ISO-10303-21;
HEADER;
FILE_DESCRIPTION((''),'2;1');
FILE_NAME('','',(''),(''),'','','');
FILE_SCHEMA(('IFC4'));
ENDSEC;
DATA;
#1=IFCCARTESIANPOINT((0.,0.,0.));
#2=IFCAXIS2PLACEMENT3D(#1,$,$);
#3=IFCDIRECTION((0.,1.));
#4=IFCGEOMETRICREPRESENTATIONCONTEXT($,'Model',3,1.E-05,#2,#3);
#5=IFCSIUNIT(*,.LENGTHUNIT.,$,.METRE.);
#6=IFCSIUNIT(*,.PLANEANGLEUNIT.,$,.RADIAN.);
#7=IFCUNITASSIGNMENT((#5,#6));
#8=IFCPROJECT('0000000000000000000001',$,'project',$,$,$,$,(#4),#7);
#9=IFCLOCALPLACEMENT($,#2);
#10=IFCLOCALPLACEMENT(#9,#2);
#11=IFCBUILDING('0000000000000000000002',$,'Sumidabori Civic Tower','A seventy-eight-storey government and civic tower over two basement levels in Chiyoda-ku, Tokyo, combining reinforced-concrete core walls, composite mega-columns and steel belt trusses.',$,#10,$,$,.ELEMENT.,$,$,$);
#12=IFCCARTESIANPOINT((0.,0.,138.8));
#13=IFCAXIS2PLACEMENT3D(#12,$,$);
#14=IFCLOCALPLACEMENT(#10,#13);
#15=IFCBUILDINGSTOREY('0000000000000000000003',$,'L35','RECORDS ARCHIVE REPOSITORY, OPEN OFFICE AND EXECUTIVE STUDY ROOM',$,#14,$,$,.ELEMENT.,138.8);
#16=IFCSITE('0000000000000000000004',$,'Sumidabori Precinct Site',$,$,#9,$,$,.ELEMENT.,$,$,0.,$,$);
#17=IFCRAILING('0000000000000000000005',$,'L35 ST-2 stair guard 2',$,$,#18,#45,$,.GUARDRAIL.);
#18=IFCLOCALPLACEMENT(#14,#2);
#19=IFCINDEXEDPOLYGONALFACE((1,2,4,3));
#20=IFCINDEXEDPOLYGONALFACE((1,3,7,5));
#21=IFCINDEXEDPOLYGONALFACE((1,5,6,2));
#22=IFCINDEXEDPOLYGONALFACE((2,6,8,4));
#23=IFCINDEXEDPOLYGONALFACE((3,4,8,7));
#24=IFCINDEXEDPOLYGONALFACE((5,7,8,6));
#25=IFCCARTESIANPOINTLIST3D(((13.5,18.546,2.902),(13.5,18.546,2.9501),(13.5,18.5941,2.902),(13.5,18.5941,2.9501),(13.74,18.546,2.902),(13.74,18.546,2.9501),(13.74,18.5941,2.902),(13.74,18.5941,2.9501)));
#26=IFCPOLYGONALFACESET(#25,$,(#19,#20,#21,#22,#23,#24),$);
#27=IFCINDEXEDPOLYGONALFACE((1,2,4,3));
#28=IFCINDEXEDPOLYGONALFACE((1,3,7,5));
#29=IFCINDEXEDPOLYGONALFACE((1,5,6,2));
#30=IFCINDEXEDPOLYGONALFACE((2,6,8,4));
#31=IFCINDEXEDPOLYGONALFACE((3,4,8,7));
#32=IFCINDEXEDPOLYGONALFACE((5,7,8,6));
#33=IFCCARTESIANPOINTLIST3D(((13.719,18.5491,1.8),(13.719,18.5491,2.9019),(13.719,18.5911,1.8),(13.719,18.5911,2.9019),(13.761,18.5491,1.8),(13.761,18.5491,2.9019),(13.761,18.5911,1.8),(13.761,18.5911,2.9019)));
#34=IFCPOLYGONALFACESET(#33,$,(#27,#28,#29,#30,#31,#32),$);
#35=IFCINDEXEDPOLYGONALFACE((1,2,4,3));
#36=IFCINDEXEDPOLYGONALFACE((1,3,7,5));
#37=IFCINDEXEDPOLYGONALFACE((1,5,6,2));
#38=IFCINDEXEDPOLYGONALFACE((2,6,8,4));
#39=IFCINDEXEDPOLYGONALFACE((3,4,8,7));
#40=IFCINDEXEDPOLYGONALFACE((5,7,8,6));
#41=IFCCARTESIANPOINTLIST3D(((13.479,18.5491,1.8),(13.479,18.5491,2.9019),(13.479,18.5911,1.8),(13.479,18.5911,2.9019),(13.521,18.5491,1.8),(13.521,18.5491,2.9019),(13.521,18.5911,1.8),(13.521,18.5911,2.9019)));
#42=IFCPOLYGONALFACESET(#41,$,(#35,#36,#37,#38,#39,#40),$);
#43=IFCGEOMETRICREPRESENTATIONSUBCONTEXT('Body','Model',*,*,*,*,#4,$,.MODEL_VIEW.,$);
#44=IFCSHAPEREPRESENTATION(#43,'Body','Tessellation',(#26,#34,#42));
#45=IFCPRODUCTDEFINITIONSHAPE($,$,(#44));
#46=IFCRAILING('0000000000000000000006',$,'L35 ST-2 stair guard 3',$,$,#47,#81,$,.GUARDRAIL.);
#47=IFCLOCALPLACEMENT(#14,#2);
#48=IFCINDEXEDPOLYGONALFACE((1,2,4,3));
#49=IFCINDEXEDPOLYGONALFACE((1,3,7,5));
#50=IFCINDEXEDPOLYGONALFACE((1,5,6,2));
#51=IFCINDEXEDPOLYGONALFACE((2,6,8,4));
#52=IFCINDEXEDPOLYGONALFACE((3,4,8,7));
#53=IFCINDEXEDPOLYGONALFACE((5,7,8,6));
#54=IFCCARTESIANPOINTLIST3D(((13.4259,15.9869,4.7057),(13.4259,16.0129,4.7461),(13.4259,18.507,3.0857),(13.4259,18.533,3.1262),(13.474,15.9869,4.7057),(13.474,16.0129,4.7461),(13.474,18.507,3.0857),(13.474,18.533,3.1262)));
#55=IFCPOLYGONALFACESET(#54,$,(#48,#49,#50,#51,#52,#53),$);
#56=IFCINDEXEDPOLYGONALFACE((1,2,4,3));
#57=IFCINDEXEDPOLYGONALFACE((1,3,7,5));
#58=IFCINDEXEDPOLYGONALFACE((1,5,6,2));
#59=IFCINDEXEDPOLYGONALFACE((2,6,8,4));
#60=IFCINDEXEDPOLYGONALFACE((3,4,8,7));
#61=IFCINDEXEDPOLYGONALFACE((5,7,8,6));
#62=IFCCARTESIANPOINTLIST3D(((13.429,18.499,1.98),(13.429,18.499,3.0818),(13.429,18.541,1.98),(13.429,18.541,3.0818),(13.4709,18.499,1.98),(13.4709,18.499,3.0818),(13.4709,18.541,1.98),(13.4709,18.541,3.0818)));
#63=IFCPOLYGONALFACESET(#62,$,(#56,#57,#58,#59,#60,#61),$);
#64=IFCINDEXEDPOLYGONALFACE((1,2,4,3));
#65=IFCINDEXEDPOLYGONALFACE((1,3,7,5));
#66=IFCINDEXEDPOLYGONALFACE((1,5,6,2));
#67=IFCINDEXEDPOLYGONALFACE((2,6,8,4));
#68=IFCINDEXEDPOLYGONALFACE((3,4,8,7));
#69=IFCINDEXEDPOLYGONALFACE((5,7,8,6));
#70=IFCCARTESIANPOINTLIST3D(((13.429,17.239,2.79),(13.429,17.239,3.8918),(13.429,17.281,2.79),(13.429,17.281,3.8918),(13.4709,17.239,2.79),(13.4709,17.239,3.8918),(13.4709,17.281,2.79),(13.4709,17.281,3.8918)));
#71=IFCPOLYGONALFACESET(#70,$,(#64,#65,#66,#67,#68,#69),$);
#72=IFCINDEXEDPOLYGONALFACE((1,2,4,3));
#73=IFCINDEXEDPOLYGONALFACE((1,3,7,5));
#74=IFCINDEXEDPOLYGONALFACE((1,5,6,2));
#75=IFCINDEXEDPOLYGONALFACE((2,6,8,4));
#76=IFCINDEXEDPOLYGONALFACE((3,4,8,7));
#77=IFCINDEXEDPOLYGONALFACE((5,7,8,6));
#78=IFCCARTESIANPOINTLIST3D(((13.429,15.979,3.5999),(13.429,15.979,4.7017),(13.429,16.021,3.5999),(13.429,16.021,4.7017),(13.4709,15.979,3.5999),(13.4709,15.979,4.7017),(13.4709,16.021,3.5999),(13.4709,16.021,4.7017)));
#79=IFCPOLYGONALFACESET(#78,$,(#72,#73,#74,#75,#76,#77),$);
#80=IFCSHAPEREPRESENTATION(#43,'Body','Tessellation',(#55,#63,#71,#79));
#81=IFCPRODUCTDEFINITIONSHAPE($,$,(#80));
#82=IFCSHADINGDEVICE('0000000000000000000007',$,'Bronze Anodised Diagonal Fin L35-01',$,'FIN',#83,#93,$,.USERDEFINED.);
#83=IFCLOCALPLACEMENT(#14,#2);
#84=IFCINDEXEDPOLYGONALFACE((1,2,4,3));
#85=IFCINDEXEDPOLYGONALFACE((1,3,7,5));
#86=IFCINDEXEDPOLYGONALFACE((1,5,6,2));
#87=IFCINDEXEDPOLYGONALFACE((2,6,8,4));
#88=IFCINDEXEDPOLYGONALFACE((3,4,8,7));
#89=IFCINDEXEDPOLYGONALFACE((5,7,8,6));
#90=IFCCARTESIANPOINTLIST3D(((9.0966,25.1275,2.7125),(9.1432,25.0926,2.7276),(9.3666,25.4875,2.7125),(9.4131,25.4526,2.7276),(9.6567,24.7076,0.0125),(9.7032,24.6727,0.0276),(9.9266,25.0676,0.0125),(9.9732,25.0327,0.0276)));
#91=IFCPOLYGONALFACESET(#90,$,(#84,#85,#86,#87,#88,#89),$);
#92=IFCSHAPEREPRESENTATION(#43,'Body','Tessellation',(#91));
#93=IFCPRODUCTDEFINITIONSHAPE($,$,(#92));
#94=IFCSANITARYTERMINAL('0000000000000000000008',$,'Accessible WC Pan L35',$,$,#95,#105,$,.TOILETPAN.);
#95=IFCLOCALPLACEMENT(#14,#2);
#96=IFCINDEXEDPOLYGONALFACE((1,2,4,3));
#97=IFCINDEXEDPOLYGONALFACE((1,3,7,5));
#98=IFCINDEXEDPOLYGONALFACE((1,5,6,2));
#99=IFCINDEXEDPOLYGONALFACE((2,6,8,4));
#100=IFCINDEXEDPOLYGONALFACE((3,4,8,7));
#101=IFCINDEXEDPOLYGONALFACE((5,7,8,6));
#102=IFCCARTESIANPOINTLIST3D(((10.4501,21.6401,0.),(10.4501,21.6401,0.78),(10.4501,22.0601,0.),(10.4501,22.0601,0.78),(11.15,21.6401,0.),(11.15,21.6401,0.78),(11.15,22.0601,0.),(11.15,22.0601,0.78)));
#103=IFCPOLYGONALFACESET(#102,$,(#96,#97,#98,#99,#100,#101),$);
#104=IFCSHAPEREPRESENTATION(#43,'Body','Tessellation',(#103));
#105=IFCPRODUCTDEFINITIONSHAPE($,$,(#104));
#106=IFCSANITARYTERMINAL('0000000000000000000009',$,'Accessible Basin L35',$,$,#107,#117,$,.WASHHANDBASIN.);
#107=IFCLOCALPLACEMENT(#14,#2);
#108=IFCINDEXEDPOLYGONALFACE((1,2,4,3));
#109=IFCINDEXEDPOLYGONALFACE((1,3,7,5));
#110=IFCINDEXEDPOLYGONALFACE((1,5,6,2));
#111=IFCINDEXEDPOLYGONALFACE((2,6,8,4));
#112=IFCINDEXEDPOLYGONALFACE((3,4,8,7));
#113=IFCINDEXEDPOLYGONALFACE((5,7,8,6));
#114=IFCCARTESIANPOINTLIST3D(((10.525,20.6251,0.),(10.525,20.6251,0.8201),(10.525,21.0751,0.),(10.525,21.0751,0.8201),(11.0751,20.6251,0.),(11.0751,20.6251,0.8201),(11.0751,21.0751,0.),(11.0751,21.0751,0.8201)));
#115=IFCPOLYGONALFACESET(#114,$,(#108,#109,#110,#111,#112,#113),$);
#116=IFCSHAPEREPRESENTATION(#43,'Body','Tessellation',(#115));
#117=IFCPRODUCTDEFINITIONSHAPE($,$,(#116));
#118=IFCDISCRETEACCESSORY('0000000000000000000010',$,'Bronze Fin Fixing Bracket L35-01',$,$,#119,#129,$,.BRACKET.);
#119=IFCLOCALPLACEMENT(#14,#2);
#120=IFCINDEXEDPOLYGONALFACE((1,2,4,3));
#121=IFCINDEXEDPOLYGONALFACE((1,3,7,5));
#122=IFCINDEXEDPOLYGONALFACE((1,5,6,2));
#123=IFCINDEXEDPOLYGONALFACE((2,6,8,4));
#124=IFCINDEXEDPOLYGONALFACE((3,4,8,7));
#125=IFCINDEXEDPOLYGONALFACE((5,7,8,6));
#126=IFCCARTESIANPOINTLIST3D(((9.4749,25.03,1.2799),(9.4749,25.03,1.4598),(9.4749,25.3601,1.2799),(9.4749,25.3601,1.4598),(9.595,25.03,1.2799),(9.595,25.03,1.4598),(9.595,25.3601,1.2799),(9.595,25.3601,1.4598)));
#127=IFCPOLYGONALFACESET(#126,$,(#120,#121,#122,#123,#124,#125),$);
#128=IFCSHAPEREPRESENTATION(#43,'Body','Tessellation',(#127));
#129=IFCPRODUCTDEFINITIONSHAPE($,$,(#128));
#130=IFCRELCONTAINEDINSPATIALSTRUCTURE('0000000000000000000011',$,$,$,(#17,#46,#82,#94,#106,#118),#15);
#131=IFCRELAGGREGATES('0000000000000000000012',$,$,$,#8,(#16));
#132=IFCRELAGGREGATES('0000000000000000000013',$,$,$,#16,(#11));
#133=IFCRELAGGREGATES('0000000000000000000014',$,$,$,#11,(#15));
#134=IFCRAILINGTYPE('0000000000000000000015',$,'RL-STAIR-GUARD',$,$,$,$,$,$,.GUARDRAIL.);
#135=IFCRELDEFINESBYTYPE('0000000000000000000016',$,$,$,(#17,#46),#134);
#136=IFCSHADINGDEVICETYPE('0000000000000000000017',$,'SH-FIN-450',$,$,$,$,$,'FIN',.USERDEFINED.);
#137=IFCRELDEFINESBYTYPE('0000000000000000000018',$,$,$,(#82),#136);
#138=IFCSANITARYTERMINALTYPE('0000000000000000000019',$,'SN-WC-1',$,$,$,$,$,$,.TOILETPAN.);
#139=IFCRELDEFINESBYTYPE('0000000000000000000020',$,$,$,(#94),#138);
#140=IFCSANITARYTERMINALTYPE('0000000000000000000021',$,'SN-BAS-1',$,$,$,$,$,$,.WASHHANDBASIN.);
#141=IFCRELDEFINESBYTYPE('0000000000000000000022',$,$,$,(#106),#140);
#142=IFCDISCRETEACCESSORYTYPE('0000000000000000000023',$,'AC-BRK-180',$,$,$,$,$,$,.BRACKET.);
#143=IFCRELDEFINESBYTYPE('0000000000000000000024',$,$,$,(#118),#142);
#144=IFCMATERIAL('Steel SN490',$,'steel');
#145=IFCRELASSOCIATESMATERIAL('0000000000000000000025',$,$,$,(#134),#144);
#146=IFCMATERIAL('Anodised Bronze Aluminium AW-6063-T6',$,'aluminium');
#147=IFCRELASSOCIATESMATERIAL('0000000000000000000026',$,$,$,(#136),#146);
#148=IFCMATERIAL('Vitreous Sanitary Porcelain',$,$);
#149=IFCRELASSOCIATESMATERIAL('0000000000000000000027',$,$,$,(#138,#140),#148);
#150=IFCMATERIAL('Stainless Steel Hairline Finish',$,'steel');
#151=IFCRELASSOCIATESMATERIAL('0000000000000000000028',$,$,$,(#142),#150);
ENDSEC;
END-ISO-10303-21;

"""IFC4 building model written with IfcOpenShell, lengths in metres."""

from ifc_helpers import new_model, si_unit, direction, frame, origin, origin_2d, place, context, subcontext, project, spatial, rectangle, extrude, source, transform, mapped, material, material_profile, profile_set, type_object, element, save


model = new_model("IFC4")

# Units and contexts
model_context = context("Model", 3, precision=1e-05, world=origin(), true_north=direction((0.0, 1.0)))
body_context = subcontext(model_context, "Body", "Model", "MODEL_VIEW")
ifc_project = project(units=[si_unit("LENGTHUNIT", "METRE"), si_unit("PLANEANGLEUNIT", "RADIAN")], contexts=[model_context])

# Site, building, storey
site_placement = place(None, origin())
site = spatial("IfcSite", under=ifc_project, at=site_placement, Name="Sumidabori Precinct Site", CompositionType="ELEMENT", RefElevation=0.0)
building_placement = place(site_placement, origin())
building = spatial("IfcBuilding", under=site, at=building_placement, Name="Sumidabori Civic Tower", Description="A seventy-eight-storey government and civic tower over two basement levels in Chiyoda-ku, Tokyo, combining reinforced-concrete core walls, composite mega-columns and steel belt trusses.", CompositionType="ELEMENT")
storey_placement = place(building_placement, frame((0.0, 0.0, 138.8)))
storey = spatial("IfcBuildingStorey", under=building, at=storey_placement, Name="L35", Description="RECORDS ARCHIVE REPOSITORY, OPEN OFFICE AND EXECUTIVE STUDY ROOM", CompositionType="ELEMENT", Elevation=138.8)

# Shared definitions
ifc_material_1 = material(Name="Steel SN490", Category="steel")

# Shared definitions
ifc_material_2 = material(Name="Anodised Bronze Aluminium AW-6063-T6", Category="aluminium")

# Railings
ifc_material_3 = material(Name="Stainless Steel Hairline Finish", Category="steel")
railing_type_1 = type_object("IfcRailingType", Name="RL-STAIR-GUARD", PredefinedType="GUARDRAIL", material=ifc_material_1)
railing_1_placement = place(storey_placement, frame((13.74, 18.5701, 1.8)))
element("IfcRailing", 1, at=railing_1_placement, inside=storey, type_object=railing_type_1, Name="L35 ST-2 stair guard 2", PredefinedType="GUARDRAIL", context=body_context, shape_type="SweptSolid", body=[
    extrude(rectangle(XDim=0.0481, YDim=0.0481, at=origin_2d()), frame((0.0, 0.0, 1.126), z_axis=(-1.0, 0.0, 0.0), x_axis=(0.0, -1.0, 0.0)), (0.0, 0.0, 1.0), 0.24),
    extrude(rectangle(XDim=0.042, YDim=0.042, at=origin_2d()), origin(), (0.0, 0.0, 1.0), 1.1018),
    extrude(rectangle(XDim=0.042, YDim=0.042, at=origin_2d()), frame((-0.24, 0.0, 0.0)), (0.0, 0.0, 1.0), 1.1018),
])
railing_2_placement = place(storey_placement, frame((13.45, 18.52, 1.98)))
element("IfcRailing", 2, at=railing_2_placement, inside=storey, type_object=railing_type_1, Name="L35 ST-2 stair guard 3", PredefinedType="GUARDRAIL", context=body_context, shape_type="SweptSolid", body=[
    extrude(rectangle(XDim=0.0481, YDim=0.0481, at=origin_2d()), frame((0.0, 0.0, 1.126), z_axis=(0.0, -0.8412, 0.540725), x_axis=(1.0, 0.0, 0.0)), (0.0, 0.0, 1.0), 2.9958),
    extrude(rectangle(XDim=0.042, YDim=0.042, at=origin_2d()), origin(), (0.0, 0.0, 1.0), 1.1018),
    extrude(rectangle(XDim=0.042, YDim=0.042, at=origin_2d()), frame((0.0, -1.26, 0.8101)), (0.0, 0.0, 1.0), 1.1018),
    extrude(rectangle(XDim=0.042, YDim=0.042, at=origin_2d()), frame((0.0, -2.52, 1.6199)), (0.0, 0.0, 1.0), 1.1018),
])

# Shading device
ifc_material_profile_1 = material_profile(ifc_material_2, rectangle(XDim=0.0601, YDim=0.45, at=origin_2d()), Name="BRONZE FIN 450x60")
ifc_profile_set_1 = profile_set([ifc_material_profile_1], Name="Anodised Bronze Aluminium AW-6063-T6")
shading_device_type = type_object("IfcShadingDeviceType", Name="SH-FIN-450", ElementType="FIN", PredefinedType="USERDEFINED", material=ifc_profile_set_1)
shared_shape_1 = source(origin(), body_context, "Body", "SweptSolid", [
    extrude(rectangle(XDim=0.0601, YDim=0.45, at=origin_2d()), origin(), (0.0, 0.0, 1.0), 2.7893),
])
shading_device_placement = place(storey_placement, frame((9.8149, 24.8701, 0.02), z_axis=(-0.200794, 0.150552, 0.967996), x_axis=(0.774478, -0.580689, 0.250966)))
element("IfcShadingDevice", 3, at=shading_device_placement, inside=storey, type_object=shading_device_type, Name="Bronze Anodised Diagonal Fin L35-01", ObjectType="FIN", PredefinedType="USERDEFINED", context=body_context, shape_type="MappedRepresentation", body=[
    mapped(shared_shape_1, transform((0.0, 0.0, 0.0), x_axis=(1.0, 0.0, 0.0), y_axis=(0.0, 1.0, 0.0), z_axis=(0.0, 0.0, 1.0), scale=1.0)),
])

# Sanitary terminals
ifc_material_4 = material(Name="Vitreous Sanitary Porcelain")
sanitary_terminal_type_1 = type_object("IfcSanitaryTerminalType", Name="SN-WC-1", PredefinedType="TOILETPAN", material=ifc_material_4)
shared_shape_2 = source(origin(), body_context, "Body", "SweptSolid", [
    extrude(rectangle(XDim=0.7, YDim=0.4199, at=origin_2d()), origin(), (0.0, 0.0, 1.0), 0.78),
])
sanitary_terminal_1_placement = place(storey_placement, frame((10.8, 21.8501, 0.0), z_axis=(0.0, 0.0, 1.0), x_axis=(1.0, 0.0, 0.0)))
element("IfcSanitaryTerminal", 4, at=sanitary_terminal_1_placement, inside=storey, type_object=sanitary_terminal_type_1, Name="Accessible WC Pan L35", PredefinedType="TOILETPAN", context=body_context, shape_type="MappedRepresentation", body=[
    mapped(shared_shape_2, transform((0.0, 0.0, 0.0), x_axis=(1.0, 0.0, 0.0), y_axis=(0.0, 1.0, 0.0), z_axis=(0.0, 0.0, 1.0), scale=1.0)),
])
sanitary_terminal_type_2 = type_object("IfcSanitaryTerminalType", Name="SN-BAS-1", PredefinedType="WASHHANDBASIN", material=ifc_material_4)
shared_shape_3 = source(origin(), body_context, "Body", "SweptSolid", [
    extrude(rectangle(XDim=0.55, YDim=0.45, at=origin_2d()), origin(), (0.0, 0.0, 1.0), 0.8201),
])
sanitary_terminal_2_placement = place(storey_placement, frame((10.8, 20.8501, 0.0), z_axis=(0.0, 0.0, 1.0), x_axis=(1.0, 0.0, 0.0)))
element("IfcSanitaryTerminal", 5, at=sanitary_terminal_2_placement, inside=storey, type_object=sanitary_terminal_type_2, Name="Accessible Basin L35", PredefinedType="WASHHANDBASIN", context=body_context, shape_type="MappedRepresentation", body=[
    mapped(shared_shape_3, transform((0.0, 0.0, 0.0), x_axis=(1.0, 0.0, 0.0), y_axis=(0.0, 1.0, 0.0), z_axis=(0.0, 0.0, 1.0), scale=1.0)),
])

# Discrete accessory
ifc_material_profile_2 = material_profile(ifc_material_3, rectangle(XDim=0.1201, YDim=0.1799, at=origin_2d()), Name="STEEL BRACKET 180x120")
ifc_profile_set_2 = profile_set([ifc_material_profile_2], Name="Stainless Steel Hairline Finish")
discrete_accessory_type = type_object("IfcDiscreteAccessoryType", Name="AC-BRK-180", PredefinedType="BRACKET", material=ifc_profile_set_2)
shared_shape_4 = source(origin(), body_context, "Body", "SweptSolid", [
    extrude(rectangle(XDim=0.1201, YDim=0.1799, at=origin_2d()), origin(), (0.0, 0.0, 1.0), 0.3301),
])
discrete_accessory_placement = place(storey_placement, frame((9.5349, 25.03, 1.3699), z_axis=(0.0, 1.0, 0.0), x_axis=(-1.0, 0.0, 0.0)))
element("IfcDiscreteAccessory", 6, at=discrete_accessory_placement, inside=storey, type_object=discrete_accessory_type, Name="Bronze Fin Fixing Bracket L35-01", PredefinedType="BRACKET", context=body_context, shape_type="MappedRepresentation", body=[
    mapped(shared_shape_4, transform((0.0, 0.0, 0.0), x_axis=(1.0, 0.0, 0.0), y_axis=(0.0, 1.0, 0.0), z_axis=(0.0, 0.0, 1.0), scale=1.0)),
])

save(model, "model.ifc")
